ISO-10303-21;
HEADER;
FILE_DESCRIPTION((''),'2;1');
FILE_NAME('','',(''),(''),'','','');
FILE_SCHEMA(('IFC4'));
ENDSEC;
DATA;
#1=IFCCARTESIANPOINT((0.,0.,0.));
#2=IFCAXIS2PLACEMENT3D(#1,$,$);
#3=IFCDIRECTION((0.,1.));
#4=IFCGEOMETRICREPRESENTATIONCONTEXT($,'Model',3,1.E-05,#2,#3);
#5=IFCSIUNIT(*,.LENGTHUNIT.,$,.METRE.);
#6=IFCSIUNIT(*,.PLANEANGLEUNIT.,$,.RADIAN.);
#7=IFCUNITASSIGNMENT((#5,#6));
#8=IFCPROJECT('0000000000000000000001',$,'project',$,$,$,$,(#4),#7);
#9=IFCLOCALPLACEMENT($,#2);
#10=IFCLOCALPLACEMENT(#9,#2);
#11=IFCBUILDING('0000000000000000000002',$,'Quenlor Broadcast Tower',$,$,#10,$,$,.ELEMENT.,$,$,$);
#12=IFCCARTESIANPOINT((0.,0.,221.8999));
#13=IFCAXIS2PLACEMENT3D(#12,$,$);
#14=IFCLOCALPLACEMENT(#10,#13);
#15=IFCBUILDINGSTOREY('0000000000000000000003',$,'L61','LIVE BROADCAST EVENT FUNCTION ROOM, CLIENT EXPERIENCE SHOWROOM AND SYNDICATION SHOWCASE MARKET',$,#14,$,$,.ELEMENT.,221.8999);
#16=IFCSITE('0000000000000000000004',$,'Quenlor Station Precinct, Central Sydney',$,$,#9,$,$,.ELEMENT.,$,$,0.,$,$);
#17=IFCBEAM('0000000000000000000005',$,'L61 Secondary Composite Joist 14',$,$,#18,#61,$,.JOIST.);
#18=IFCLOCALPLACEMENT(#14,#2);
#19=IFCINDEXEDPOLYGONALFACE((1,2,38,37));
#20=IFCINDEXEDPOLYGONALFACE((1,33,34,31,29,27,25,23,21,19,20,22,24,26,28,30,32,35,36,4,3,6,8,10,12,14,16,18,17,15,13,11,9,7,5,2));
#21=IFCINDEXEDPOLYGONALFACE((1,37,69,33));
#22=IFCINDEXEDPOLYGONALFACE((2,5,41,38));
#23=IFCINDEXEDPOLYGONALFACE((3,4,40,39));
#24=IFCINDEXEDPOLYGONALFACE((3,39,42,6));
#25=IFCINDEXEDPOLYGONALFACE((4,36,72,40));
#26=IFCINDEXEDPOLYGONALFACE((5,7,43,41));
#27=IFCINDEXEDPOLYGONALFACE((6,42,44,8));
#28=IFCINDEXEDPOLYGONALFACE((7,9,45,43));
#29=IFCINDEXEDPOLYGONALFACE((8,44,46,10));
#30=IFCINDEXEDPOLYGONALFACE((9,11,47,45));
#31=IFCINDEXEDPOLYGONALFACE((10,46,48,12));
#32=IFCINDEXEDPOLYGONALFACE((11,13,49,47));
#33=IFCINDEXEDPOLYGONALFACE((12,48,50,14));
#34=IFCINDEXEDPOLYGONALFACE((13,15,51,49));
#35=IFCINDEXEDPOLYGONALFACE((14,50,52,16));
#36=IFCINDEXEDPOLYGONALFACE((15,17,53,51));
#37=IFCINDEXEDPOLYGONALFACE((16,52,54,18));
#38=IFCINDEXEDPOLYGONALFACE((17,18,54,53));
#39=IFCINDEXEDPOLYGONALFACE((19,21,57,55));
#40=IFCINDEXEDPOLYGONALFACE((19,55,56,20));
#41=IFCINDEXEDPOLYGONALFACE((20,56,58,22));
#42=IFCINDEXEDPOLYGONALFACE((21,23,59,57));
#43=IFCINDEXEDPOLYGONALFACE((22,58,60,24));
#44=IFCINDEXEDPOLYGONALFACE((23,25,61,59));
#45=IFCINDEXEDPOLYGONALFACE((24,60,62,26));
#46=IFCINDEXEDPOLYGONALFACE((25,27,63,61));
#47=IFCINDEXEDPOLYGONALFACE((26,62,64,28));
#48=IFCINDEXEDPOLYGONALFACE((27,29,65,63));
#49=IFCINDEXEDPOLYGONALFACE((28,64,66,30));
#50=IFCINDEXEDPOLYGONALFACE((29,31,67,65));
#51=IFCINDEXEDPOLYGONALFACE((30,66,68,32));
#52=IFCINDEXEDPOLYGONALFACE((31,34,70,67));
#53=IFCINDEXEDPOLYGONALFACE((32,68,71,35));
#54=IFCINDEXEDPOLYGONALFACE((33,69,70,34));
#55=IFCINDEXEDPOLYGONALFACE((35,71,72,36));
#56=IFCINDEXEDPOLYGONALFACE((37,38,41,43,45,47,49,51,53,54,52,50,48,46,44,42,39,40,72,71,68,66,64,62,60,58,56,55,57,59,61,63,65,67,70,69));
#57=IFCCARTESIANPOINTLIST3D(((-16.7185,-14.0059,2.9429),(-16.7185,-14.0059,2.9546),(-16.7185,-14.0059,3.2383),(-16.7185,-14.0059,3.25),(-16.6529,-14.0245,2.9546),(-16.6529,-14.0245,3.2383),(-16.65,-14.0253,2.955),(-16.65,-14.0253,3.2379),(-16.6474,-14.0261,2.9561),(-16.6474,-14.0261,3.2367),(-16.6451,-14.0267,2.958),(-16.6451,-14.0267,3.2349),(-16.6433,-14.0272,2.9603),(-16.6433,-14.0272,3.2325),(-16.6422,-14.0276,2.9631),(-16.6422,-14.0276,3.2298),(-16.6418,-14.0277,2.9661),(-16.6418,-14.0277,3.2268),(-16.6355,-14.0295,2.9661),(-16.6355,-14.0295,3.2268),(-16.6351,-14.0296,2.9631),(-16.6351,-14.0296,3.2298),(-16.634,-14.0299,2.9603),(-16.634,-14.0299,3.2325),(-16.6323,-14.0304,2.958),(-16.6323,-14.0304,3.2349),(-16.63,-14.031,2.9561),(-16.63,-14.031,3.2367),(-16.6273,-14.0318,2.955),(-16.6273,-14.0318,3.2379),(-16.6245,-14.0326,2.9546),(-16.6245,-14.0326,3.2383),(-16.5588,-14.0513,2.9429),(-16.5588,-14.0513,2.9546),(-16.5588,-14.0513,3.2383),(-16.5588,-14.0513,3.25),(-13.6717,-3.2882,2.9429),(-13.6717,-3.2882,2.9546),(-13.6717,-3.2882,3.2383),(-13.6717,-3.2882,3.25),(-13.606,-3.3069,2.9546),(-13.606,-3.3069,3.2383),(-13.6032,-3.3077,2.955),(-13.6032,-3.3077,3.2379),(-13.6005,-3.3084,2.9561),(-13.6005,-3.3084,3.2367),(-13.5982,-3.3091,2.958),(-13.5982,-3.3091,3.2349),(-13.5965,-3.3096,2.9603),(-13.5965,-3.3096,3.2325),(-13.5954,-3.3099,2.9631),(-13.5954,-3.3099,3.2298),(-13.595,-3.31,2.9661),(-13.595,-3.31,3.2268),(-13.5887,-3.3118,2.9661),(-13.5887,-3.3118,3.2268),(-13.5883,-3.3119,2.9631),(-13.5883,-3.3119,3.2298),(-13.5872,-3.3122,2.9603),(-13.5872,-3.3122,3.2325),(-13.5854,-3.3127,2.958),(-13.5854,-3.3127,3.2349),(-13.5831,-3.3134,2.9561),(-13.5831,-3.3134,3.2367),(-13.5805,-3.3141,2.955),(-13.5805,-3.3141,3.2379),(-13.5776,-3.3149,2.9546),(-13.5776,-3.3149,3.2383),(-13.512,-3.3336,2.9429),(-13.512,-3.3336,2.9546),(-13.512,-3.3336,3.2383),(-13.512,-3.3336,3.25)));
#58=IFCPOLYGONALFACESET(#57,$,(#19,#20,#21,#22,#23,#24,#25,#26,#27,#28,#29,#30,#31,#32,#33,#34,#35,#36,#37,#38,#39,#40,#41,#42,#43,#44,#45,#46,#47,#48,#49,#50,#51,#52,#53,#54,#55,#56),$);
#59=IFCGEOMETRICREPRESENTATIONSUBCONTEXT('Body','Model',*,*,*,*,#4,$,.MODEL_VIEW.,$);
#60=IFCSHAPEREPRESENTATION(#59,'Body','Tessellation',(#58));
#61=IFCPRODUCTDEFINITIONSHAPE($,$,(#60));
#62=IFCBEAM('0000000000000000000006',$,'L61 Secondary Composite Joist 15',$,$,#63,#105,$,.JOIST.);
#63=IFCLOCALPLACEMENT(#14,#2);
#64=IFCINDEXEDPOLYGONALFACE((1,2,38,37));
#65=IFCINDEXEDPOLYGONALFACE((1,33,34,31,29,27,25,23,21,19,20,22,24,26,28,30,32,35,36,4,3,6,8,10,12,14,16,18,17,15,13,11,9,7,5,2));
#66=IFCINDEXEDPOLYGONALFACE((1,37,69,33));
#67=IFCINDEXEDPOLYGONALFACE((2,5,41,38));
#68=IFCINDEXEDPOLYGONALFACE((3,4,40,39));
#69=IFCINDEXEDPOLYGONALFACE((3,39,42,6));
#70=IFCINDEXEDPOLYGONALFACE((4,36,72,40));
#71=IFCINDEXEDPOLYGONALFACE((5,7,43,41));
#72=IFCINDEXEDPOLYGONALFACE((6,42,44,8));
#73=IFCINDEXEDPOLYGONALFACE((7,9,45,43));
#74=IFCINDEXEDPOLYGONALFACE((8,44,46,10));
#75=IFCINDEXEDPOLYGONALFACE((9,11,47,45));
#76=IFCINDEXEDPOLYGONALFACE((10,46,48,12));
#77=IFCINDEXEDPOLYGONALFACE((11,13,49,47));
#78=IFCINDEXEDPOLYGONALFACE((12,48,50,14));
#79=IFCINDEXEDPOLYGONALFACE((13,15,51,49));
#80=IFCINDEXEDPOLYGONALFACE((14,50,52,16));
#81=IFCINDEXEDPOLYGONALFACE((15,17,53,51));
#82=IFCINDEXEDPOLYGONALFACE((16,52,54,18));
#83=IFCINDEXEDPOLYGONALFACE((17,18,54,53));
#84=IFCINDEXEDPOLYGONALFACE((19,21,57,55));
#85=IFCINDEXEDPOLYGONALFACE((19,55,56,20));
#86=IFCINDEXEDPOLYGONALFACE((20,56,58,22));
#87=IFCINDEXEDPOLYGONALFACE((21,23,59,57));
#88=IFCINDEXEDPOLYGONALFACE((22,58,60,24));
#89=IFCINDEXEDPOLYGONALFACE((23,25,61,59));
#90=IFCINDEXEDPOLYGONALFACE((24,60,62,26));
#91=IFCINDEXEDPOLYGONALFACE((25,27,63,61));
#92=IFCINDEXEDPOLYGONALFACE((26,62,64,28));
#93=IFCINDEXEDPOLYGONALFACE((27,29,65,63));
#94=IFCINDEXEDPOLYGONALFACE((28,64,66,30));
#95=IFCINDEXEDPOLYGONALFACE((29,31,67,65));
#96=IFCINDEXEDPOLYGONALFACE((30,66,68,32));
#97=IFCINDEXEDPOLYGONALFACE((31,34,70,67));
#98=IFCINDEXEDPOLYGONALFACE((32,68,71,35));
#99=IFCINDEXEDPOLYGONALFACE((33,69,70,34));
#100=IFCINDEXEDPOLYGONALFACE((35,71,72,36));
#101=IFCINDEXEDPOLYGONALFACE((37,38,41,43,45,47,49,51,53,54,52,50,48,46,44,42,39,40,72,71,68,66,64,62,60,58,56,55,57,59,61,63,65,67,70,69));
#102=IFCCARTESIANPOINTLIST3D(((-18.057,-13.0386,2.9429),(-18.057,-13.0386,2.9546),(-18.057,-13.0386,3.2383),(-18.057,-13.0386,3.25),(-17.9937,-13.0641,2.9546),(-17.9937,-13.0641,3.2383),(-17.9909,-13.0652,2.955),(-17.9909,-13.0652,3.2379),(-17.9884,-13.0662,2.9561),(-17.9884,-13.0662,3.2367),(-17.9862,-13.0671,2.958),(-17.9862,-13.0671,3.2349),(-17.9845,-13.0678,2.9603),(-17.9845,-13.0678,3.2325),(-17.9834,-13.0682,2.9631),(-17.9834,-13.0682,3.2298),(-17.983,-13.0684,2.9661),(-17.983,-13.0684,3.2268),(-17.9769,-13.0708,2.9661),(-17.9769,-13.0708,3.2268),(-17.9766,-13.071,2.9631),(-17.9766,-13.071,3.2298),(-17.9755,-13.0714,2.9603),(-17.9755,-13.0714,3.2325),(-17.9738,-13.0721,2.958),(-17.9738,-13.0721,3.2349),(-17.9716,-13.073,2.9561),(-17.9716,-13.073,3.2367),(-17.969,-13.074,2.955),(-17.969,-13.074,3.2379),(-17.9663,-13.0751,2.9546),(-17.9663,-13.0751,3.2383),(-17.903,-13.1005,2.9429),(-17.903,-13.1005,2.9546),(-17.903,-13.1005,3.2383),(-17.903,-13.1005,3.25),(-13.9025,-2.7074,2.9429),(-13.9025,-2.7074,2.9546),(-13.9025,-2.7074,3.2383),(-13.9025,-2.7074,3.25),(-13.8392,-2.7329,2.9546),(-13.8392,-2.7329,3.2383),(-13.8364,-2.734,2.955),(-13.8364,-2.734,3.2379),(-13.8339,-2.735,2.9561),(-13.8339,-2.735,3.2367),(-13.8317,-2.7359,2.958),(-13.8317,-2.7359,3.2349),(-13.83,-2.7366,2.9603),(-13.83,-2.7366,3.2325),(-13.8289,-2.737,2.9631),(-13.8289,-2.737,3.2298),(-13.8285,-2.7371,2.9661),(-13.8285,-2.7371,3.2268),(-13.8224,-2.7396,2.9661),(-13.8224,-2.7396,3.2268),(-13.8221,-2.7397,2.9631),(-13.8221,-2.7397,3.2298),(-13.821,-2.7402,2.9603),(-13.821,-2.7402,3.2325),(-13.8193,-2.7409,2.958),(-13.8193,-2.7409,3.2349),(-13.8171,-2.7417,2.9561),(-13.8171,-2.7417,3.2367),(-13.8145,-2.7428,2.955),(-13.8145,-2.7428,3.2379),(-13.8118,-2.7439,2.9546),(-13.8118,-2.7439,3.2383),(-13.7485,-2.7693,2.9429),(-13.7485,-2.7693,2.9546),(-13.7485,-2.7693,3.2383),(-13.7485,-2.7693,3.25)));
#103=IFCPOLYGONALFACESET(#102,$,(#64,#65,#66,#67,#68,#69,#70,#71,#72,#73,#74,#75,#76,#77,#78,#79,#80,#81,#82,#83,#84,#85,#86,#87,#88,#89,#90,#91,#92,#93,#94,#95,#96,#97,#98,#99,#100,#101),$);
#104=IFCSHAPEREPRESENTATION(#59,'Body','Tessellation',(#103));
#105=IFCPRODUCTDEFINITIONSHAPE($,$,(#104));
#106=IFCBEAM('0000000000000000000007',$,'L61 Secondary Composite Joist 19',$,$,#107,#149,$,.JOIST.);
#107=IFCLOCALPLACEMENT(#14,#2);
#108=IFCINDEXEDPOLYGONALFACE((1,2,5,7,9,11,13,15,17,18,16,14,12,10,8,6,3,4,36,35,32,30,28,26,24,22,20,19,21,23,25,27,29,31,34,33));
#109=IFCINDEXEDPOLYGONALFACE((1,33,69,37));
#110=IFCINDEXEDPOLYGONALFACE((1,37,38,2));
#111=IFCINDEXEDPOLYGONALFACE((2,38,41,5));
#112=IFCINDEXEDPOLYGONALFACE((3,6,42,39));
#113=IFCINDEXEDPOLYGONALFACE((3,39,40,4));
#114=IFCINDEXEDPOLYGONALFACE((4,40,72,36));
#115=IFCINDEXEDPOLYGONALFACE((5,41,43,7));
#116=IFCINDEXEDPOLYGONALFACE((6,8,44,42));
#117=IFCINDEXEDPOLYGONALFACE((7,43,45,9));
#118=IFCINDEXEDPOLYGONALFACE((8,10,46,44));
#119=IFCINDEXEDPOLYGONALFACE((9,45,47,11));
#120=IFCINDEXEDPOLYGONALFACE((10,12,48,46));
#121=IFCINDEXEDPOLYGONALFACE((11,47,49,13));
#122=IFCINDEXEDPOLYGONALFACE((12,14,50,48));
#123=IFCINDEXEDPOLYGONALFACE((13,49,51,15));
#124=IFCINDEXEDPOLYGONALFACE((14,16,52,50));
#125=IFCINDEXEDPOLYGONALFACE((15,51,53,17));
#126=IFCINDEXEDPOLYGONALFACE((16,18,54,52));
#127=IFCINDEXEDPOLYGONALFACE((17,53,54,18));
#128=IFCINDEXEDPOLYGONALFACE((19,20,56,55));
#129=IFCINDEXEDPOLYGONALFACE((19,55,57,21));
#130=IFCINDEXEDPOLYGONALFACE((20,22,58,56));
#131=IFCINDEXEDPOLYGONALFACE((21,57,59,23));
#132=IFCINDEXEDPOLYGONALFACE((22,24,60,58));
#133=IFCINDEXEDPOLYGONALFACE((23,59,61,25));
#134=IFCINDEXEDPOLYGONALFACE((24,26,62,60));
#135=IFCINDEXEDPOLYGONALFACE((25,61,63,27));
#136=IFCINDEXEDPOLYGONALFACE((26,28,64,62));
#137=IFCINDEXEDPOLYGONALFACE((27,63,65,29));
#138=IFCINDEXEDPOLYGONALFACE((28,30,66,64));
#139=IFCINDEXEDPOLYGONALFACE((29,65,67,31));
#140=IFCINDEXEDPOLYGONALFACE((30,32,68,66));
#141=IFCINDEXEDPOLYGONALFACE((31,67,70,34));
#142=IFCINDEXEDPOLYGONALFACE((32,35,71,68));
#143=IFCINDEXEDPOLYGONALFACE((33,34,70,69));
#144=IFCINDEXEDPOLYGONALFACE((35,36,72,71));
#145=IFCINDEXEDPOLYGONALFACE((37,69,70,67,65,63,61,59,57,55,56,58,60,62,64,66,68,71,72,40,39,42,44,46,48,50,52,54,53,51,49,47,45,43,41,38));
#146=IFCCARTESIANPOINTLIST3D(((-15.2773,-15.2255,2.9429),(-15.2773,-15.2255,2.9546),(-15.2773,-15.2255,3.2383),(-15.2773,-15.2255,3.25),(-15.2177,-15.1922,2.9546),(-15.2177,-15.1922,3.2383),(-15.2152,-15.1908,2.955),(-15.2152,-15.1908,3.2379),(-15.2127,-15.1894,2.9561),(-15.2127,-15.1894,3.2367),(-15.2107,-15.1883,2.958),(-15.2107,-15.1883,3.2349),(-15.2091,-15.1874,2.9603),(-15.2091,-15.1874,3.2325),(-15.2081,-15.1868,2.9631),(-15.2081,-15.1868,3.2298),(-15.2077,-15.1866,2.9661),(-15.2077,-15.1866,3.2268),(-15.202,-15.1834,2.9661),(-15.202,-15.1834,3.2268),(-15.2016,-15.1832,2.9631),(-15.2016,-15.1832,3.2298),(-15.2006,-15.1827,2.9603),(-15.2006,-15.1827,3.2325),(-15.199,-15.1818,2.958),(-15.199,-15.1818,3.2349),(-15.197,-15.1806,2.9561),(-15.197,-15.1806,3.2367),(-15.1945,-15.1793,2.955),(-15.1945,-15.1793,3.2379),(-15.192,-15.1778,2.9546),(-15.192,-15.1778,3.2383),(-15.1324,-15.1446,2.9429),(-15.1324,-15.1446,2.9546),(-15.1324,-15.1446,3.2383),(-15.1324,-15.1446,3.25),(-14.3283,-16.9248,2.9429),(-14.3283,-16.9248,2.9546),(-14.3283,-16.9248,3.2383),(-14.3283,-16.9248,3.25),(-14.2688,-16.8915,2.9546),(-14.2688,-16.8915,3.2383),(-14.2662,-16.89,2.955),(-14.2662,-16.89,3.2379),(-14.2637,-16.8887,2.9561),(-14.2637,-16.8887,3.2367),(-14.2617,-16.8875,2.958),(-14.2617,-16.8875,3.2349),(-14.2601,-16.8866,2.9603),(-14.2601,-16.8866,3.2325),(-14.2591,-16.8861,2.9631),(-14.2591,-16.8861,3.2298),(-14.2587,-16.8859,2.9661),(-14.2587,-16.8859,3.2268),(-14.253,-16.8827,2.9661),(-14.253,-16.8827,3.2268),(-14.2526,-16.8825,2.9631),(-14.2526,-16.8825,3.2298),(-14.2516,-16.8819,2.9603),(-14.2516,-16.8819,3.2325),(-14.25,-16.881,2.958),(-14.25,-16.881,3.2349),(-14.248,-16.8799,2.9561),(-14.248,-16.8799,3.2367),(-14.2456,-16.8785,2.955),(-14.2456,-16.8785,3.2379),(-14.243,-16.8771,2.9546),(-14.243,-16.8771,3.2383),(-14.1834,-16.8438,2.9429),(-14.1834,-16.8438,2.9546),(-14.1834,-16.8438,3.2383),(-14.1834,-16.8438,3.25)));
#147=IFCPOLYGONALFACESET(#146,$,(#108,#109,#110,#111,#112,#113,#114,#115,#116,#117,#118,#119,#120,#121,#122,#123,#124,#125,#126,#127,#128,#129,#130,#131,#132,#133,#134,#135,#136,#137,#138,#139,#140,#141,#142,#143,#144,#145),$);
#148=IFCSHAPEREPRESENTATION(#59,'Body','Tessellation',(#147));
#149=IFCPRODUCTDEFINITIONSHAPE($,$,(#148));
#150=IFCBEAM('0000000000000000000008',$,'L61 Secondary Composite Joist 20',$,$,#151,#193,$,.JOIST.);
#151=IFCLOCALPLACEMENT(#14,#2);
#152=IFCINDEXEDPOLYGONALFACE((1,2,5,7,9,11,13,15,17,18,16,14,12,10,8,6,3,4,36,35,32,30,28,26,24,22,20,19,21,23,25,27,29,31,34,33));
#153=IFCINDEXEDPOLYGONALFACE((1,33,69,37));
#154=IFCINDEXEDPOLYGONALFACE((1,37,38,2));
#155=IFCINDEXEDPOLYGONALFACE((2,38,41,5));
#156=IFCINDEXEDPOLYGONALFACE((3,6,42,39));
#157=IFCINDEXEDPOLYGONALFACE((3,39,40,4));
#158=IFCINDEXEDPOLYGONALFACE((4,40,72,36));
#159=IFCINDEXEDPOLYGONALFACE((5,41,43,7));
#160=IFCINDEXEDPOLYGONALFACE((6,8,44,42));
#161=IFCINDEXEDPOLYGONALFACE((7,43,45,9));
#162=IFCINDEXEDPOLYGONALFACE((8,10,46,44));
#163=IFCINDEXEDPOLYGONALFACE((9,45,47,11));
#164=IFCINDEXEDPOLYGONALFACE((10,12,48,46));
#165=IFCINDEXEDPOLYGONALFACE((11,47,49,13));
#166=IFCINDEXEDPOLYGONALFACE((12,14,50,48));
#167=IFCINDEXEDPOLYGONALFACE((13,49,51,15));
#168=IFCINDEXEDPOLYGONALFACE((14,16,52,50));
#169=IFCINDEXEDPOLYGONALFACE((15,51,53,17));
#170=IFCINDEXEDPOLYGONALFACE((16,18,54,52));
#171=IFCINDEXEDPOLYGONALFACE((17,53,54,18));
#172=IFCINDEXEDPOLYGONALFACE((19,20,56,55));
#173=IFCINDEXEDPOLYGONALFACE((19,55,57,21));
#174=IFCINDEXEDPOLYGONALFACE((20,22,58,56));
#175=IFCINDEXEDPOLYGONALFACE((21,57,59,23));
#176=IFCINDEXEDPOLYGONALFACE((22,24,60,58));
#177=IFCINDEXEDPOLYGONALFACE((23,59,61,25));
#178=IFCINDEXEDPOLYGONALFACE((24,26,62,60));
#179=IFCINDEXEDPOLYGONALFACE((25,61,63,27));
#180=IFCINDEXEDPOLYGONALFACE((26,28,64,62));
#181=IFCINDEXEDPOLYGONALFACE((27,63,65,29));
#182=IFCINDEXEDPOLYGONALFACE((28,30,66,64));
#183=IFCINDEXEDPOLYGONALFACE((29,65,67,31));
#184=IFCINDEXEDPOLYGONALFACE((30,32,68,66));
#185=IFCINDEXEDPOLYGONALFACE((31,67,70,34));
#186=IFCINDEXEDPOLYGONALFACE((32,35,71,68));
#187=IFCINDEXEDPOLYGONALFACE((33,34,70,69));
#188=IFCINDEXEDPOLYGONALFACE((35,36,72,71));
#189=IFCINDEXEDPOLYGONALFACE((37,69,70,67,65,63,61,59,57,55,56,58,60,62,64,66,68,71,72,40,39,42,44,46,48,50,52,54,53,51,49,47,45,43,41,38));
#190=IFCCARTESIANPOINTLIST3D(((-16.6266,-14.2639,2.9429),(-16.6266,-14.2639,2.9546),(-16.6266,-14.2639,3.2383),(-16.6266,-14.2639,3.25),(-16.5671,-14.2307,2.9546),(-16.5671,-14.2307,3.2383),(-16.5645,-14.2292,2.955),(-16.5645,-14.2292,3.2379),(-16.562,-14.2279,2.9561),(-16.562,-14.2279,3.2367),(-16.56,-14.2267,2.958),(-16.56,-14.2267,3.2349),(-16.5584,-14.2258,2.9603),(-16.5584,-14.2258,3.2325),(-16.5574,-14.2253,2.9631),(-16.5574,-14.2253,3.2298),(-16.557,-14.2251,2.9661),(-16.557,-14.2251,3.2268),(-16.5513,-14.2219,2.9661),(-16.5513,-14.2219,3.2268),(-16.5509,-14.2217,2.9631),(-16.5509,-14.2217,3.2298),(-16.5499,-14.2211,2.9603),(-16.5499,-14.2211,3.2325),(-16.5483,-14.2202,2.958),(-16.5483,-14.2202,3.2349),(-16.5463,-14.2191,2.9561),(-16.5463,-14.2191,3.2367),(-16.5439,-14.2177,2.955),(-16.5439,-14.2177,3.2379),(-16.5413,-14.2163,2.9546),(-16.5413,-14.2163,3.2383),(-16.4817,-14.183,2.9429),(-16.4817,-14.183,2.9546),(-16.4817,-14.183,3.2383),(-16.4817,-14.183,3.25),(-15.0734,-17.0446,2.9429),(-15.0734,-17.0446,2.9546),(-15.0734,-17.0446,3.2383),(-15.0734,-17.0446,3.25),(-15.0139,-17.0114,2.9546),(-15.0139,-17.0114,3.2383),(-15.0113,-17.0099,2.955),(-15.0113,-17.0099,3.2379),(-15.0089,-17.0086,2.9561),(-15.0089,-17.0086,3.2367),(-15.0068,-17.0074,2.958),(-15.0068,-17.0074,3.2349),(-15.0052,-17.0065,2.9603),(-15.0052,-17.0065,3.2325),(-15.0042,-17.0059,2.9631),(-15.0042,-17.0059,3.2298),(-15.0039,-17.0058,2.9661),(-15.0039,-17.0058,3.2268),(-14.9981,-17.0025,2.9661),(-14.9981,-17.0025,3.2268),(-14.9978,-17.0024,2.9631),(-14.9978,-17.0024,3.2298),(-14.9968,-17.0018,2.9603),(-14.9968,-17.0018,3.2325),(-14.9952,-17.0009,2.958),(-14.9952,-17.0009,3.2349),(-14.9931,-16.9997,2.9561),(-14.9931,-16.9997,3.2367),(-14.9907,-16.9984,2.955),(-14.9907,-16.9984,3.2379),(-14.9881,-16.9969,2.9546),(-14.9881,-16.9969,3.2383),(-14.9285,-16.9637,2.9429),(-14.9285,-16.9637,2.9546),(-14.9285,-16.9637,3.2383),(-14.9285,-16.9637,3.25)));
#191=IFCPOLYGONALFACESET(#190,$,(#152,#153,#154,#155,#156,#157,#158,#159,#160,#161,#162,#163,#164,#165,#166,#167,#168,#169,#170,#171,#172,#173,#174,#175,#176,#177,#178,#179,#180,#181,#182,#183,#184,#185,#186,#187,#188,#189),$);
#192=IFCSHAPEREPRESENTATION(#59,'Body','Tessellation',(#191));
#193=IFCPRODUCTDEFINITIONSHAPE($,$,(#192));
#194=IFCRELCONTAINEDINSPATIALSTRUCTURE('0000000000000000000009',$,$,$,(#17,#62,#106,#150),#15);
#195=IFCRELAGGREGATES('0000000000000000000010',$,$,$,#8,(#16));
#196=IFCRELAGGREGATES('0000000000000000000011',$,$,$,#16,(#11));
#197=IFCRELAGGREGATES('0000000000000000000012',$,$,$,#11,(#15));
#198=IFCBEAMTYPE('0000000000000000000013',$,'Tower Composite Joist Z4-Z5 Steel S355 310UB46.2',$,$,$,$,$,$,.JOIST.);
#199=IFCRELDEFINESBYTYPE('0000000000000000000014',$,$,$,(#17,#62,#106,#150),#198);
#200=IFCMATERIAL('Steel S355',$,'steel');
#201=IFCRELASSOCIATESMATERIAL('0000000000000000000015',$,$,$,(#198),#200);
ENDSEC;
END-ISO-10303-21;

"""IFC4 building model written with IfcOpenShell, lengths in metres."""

from ifc_helpers import new_model, si_unit, direction, frame, origin, origin_2d, place, context, subcontext, project, spatial, i_section, extrude, material, material_profile, profile_set, type_object, element, save


model = new_model("IFC4")

# Units and contexts
model_context = context("Model", 3, precision=1e-05, world=origin(), true_north=direction((0.0, 1.0)))
body_context = subcontext(model_context, "Body", "Model", "MODEL_VIEW")
ifc_project = project(units=[si_unit("LENGTHUNIT", "METRE"), si_unit("PLANEANGLEUNIT", "RADIAN")], contexts=[model_context])

# Site, building, storey
site_placement = place(None, origin())
site = spatial("IfcSite", under=ifc_project, at=site_placement, Name="Quenlor Station Precinct, Central Sydney", CompositionType="ELEMENT", RefElevation=0.0)
building_placement = place(site_placement, origin())
building = spatial("IfcBuilding", under=site, at=building_placement, Name="Quenlor Broadcast Tower", CompositionType="ELEMENT")
storey_placement = place(building_placement, frame((0.0, 0.0, 221.8999)))
storey = spatial("IfcBuildingStorey", under=building, at=storey_placement, Name="L61", Description="LIVE BROADCAST EVENT FUNCTION ROOM, CLIENT EXPERIENCE SHOWROOM AND SYNDICATION SHOWCASE MARKET", CompositionType="ELEMENT", Elevation=221.8999)

# Beams
ifc_material_1 = material(Name="Steel S355", Category="steel")
ifc_material_profile_1 = material_profile(ifc_material_1, i_section(OverallWidth=0.166, OverallDepth=0.3071, WebThickness=0.0066, FlangeThickness=0.0117, FilletRadius=0.0115, at=origin_2d()))
ifc_profile_set_1 = profile_set([ifc_material_profile_1], Name="Steel S355 310UB46.2")
beam_type_1 = type_object("IfcBeamType", Name="Tower Composite Joist Z4-Z5 Steel S355 310UB46.2", PredefinedType="JOIST", material=ifc_profile_set_1)
beam_1_placement = place(storey_placement, frame((-16.6387, -14.0286, 3.0964), z_axis=(0.273448, 0.961887, 0.0), x_axis=(-0.961887, 0.273448, 0.0)))
element("IfcBeam", 1, at=beam_1_placement, inside=storey, type_object=beam_type_1, Name="L61 Secondary Composite Joist 14", PredefinedType="JOIST", context=body_context, shape_type="SweptSolid", body=[
    extrude(i_section(OverallWidth=0.166, OverallDepth=0.3071, WebThickness=0.0066, FlangeThickness=0.0117, FilletRadius=0.0115, at=origin_2d()), origin(), (0.0, 0.0, 1.0), 11.1423),
])
beam_2_placement = place(storey_placement, frame((-17.98, -13.0696, 3.0964), z_axis=(0.373095, 0.927793, 0.0), x_axis=(-0.927793, 0.373095, 0.0)))
element("IfcBeam", 2, at=beam_2_placement, inside=storey, type_object=beam_type_1, Name="L61 Secondary Composite Joist 15", PredefinedType="JOIST", context=body_context, shape_type="SweptSolid", body=[
    extrude(i_section(OverallWidth=0.166, OverallDepth=0.3071, WebThickness=0.0066, FlangeThickness=0.0117, FilletRadius=0.0115, at=origin_2d()), origin(), (0.0, 0.0, 1.0), 11.1353),
])
beam_3_placement = place(storey_placement, frame((-14.2559, -16.8843, 3.0964), z_axis=(-0.487591, 0.873072, 0.0), x_axis=(-0.873072, -0.487591, 0.0)))
element("IfcBeam", 3, at=beam_3_placement, inside=storey, type_object=beam_type_1, Name="L61 Secondary Composite Joist 19", PredefinedType="JOIST", context=body_context, shape_type="SweptSolid", body=[
    extrude(i_section(OverallWidth=0.166, OverallDepth=0.3071, WebThickness=0.0066, FlangeThickness=0.0117, FilletRadius=0.0115, at=origin_2d()), origin(), (0.0, 0.0, 1.0), 1.9463),
])
beam_4_placement = place(storey_placement, frame((-15.001, -17.0042, 3.0964), z_axis=(-0.487646, 0.873041, 0.0), x_axis=(-0.873041, -0.487646, 0.0)))
element("IfcBeam", 4, at=beam_4_placement, inside=storey, type_object=beam_type_1, Name="L61 Secondary Composite Joist 20", PredefinedType="JOIST", context=body_context, shape_type="SweptSolid", body=[
    extrude(i_section(OverallWidth=0.166, OverallDepth=0.3071, WebThickness=0.0066, FlangeThickness=0.0117, FilletRadius=0.0115, at=origin_2d()), origin(), (0.0, 0.0, 1.0), 3.1851),
])

save(model, "model.ifc")
